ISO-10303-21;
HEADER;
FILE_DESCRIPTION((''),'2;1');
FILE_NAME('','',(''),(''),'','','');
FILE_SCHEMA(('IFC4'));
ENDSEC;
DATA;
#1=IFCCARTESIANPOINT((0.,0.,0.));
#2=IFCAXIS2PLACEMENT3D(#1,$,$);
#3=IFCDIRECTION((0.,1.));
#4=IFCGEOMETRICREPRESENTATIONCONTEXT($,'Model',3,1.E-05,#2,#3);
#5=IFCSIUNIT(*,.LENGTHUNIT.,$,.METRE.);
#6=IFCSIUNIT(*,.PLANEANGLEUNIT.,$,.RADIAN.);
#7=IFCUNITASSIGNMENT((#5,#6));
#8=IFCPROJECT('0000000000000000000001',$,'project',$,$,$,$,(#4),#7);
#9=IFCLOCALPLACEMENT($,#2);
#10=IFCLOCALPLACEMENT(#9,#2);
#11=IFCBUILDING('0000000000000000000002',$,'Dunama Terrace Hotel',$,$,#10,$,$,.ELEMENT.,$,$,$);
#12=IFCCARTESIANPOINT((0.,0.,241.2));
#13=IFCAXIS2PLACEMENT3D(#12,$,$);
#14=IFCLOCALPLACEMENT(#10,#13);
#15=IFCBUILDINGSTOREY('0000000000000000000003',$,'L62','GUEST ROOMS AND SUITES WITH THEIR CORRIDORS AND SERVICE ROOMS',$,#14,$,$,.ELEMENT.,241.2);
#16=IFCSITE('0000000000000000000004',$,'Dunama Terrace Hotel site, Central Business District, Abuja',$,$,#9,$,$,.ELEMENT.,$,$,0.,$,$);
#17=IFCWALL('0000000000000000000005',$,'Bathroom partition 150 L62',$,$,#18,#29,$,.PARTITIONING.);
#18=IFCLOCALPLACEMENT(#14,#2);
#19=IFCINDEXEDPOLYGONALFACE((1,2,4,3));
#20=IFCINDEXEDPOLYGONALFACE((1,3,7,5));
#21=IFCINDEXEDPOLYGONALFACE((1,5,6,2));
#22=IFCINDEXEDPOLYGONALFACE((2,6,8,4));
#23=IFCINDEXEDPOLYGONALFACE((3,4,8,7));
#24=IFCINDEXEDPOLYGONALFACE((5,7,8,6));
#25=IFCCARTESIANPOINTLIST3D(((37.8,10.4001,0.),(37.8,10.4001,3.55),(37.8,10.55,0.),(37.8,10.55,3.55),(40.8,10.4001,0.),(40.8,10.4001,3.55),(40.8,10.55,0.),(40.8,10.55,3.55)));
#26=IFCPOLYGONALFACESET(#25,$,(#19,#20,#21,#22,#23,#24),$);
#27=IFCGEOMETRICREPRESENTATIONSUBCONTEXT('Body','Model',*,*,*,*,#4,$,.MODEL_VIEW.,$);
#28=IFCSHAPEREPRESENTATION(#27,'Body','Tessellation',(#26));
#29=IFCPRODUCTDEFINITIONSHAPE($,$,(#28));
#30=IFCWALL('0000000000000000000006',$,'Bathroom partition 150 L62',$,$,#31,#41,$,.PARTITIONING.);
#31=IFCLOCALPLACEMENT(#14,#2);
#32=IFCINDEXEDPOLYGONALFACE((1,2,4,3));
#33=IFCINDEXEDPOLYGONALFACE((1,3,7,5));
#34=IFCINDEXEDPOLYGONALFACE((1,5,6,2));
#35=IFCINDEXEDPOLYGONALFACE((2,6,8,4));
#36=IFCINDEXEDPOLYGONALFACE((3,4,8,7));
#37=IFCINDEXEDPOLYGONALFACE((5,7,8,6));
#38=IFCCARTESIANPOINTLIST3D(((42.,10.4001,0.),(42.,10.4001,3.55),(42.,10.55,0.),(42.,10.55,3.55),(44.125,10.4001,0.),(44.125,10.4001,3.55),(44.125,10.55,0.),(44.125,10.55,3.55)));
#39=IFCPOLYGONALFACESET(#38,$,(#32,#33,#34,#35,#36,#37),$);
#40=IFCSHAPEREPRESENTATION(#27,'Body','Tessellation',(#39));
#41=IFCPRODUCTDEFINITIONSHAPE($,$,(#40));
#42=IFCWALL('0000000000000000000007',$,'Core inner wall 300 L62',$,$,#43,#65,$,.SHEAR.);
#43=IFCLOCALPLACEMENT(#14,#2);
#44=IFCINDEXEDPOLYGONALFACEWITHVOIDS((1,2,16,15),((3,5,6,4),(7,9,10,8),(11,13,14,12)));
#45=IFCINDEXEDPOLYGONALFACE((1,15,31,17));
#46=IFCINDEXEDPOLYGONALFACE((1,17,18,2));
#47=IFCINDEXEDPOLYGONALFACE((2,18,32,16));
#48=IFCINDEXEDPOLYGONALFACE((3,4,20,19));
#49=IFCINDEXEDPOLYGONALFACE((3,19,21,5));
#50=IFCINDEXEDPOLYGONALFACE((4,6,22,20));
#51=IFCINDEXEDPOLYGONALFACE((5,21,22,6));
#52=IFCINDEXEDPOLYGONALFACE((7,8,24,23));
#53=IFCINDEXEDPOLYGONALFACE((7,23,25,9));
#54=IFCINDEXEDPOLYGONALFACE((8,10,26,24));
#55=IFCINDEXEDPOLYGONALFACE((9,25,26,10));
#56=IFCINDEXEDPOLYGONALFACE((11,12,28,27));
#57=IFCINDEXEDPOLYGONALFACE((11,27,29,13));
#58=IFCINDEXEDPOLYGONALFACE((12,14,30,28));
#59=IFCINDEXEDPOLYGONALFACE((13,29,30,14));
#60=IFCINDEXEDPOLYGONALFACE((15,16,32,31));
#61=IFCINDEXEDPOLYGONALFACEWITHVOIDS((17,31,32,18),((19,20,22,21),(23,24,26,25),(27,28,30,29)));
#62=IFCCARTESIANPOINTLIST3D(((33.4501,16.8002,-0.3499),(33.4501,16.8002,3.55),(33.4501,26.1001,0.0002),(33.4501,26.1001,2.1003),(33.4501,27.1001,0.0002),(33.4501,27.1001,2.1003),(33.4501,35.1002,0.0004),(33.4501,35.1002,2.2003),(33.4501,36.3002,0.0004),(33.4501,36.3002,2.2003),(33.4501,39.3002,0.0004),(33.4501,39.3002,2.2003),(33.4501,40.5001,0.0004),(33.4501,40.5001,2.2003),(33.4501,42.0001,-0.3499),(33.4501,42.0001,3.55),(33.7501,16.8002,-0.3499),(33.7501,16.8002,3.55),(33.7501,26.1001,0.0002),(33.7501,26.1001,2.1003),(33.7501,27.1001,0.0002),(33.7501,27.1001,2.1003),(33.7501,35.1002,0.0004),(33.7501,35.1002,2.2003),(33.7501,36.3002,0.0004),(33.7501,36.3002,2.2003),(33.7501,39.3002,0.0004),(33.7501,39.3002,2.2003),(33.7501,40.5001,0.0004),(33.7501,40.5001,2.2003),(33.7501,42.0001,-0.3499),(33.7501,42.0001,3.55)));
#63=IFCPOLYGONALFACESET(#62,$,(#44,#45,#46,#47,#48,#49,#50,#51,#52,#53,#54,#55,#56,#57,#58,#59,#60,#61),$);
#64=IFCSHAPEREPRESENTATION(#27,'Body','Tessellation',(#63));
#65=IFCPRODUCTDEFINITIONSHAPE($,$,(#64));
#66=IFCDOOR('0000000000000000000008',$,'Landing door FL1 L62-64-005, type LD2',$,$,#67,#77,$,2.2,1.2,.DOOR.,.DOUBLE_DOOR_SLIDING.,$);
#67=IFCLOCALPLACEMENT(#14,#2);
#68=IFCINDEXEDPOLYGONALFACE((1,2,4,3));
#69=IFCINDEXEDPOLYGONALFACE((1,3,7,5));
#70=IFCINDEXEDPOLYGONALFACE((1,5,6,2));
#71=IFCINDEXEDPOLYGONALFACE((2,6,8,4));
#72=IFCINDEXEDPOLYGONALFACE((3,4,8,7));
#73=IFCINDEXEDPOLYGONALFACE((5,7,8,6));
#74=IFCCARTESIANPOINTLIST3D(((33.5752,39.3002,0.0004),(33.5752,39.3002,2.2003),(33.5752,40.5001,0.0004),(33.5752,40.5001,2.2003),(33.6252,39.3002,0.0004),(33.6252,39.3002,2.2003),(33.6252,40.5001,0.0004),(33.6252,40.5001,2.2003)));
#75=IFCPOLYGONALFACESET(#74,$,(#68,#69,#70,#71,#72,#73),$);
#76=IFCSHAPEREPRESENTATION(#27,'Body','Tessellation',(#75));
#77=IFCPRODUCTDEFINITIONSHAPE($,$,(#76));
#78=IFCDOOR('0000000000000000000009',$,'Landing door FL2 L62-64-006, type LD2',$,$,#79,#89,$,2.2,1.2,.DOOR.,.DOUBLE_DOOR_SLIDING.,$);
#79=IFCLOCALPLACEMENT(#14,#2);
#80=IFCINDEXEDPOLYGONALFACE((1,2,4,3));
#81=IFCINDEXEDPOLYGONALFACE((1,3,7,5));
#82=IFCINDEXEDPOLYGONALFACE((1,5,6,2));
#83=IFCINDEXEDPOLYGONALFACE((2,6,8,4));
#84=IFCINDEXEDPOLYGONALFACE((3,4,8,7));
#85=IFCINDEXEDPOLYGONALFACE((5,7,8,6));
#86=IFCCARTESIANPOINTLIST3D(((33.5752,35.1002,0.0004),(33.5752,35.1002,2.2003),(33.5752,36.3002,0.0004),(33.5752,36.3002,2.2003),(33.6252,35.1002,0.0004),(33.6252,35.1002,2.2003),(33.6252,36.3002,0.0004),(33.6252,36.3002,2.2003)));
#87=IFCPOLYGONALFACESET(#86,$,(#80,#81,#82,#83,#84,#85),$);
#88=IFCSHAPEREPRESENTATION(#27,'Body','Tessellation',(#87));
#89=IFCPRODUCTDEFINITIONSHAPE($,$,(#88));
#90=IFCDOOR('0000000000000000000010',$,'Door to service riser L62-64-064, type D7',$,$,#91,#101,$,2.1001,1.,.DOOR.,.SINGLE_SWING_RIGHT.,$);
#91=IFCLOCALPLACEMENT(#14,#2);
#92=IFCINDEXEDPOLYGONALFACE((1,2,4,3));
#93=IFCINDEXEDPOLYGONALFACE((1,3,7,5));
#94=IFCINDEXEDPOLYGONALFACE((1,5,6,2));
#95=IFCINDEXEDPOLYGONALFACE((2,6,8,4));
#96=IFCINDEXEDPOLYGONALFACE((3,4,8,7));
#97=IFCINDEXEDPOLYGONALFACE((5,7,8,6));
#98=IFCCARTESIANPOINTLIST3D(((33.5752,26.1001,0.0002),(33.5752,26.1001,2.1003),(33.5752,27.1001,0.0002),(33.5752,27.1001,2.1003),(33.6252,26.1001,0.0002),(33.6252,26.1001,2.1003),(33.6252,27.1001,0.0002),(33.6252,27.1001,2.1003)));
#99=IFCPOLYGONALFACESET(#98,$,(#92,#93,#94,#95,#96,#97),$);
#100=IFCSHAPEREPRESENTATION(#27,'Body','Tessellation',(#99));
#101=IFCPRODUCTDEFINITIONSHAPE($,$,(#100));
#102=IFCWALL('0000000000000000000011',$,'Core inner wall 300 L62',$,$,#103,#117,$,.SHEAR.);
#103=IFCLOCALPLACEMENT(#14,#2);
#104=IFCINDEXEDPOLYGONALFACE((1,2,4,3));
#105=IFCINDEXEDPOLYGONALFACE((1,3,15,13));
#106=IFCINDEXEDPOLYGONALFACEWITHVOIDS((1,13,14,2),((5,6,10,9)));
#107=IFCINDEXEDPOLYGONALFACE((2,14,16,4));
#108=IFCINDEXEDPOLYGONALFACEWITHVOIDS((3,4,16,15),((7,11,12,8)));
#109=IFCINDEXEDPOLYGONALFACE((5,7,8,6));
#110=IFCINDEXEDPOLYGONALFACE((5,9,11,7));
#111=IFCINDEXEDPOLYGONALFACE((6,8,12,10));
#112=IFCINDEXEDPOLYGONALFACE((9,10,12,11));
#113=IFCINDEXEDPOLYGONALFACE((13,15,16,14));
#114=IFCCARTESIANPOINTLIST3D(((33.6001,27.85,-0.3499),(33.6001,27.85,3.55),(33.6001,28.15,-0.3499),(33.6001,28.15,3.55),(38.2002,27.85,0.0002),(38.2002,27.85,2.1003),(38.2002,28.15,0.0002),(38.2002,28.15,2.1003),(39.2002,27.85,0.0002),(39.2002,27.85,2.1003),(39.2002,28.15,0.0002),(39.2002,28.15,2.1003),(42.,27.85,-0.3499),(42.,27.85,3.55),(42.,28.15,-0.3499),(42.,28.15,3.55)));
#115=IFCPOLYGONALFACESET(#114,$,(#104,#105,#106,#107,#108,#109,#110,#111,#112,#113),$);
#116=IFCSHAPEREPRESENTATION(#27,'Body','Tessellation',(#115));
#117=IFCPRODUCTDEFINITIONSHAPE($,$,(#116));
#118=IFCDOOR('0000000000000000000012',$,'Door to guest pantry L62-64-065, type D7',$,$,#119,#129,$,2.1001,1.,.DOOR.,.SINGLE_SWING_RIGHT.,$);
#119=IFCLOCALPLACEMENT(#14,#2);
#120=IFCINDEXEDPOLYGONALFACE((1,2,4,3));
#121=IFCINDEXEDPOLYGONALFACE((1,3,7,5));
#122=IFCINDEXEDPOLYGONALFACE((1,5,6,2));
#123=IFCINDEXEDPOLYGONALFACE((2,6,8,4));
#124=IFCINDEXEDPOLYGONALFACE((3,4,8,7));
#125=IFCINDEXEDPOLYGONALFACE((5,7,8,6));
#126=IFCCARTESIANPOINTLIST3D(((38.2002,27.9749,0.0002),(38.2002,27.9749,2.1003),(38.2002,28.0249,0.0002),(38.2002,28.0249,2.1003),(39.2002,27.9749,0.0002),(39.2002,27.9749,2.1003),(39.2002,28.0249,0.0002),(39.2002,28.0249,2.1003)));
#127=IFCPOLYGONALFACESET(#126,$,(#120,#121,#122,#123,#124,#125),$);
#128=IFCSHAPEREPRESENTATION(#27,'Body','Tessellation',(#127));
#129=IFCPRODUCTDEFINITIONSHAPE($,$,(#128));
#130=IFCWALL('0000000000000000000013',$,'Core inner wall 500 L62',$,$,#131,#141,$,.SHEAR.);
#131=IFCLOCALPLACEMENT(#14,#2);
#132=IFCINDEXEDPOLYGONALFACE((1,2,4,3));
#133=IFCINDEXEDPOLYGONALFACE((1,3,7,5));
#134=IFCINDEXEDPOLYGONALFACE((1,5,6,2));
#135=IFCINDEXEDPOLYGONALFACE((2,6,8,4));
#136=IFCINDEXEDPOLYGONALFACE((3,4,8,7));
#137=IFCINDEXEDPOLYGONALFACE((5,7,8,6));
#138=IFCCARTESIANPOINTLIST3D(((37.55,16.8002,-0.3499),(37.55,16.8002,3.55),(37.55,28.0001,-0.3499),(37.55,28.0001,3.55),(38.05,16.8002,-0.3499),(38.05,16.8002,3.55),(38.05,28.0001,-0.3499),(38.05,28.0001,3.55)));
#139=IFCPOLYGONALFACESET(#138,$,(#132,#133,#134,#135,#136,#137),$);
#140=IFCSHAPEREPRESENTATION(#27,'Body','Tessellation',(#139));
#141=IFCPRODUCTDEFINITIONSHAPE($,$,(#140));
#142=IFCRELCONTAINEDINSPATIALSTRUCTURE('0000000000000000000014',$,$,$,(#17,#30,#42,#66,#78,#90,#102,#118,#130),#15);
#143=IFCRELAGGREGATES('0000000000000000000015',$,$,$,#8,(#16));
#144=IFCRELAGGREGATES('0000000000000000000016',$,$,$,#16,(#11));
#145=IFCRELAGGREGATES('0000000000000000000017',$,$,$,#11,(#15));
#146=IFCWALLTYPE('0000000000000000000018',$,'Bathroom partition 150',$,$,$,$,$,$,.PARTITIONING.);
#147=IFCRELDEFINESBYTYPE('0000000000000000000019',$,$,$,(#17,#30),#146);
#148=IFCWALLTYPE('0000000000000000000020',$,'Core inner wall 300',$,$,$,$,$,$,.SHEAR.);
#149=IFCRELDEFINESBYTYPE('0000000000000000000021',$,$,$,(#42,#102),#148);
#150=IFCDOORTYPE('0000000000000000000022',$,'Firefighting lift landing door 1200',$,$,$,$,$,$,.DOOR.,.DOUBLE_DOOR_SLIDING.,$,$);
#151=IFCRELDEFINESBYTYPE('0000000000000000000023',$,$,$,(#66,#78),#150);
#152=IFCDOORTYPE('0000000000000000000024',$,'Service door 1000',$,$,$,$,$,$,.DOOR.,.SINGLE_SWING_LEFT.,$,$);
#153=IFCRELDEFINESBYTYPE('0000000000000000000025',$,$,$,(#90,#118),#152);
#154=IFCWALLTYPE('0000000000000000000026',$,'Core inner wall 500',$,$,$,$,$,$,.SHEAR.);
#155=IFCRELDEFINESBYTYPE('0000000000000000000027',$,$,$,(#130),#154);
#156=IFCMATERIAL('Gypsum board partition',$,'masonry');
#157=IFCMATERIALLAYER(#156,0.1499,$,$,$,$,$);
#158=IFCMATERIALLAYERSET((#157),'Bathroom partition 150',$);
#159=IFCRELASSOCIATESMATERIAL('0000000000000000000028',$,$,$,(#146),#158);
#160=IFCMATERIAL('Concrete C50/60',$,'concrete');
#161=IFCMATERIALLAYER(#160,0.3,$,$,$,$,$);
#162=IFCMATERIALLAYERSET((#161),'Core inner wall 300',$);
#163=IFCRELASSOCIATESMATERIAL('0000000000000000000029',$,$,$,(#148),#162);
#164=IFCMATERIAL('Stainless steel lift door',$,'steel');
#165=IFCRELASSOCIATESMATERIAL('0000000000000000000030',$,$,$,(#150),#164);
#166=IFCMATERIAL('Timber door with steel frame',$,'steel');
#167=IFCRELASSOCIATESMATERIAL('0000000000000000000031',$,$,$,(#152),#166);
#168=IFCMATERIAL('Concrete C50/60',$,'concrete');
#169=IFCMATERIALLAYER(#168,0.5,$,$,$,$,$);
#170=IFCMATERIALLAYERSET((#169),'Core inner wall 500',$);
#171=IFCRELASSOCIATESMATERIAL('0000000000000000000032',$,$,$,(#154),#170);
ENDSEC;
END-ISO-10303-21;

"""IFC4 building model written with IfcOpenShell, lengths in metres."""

from ifc_helpers import new_model, si_unit, direction, frame, frame_2d, origin, place, context, subcontext, project, spatial, rectangle, extrude, material, layer, layer_set, type_object, element, fill, save


model = new_model("IFC4")

# Units and contexts
model_context = context("Model", 3, precision=1e-05, world=origin(), true_north=direction((0.0, 1.0)))
body_context = subcontext(model_context, "Body", "Model", "MODEL_VIEW")
ifc_project = project(units=[si_unit("LENGTHUNIT", "METRE"), si_unit("PLANEANGLEUNIT", "RADIAN")], contexts=[model_context])

# Site, building, storey
site_placement = place(None, origin())
site = spatial("IfcSite", under=ifc_project, at=site_placement, Name="Dunama Terrace Hotel site, Central Business District, Abuja", CompositionType="ELEMENT", RefElevation=0.0)
building_placement = place(site_placement, origin())
building = spatial("IfcBuilding", under=site, at=building_placement, Name="Dunama Terrace Hotel", CompositionType="ELEMENT")
storey_placement = place(building_placement, frame((0.0, 0.0, 241.2)))
storey = spatial("IfcBuildingStorey", under=building, at=storey_placement, Name="L62", Description="GUEST ROOMS AND SUITES WITH THEIR CORRIDORS AND SERVICE ROOMS", CompositionType="ELEMENT", Elevation=241.2)

# Walls
ifc_material_1 = material(Name="Gypsum board partition", Category="masonry")
ifc_layer_1 = layer(ifc_material_1, 0.1499)
ifc_layer_set_1 = layer_set([ifc_layer_1], Name="Bathroom partition 150")
wall_type_1 = type_object("IfcWallType", Name="Bathroom partition 150", PredefinedType="PARTITIONING", material=ifc_layer_set_1)
wall_1_placement = place(storey_placement, frame((37.8, 10.4751, 0.0), z_axis=(0.0, 0.0, 1.0), x_axis=(1.0, 0.0, 0.0)))
element("IfcWall", 1, at=wall_1_placement, inside=storey, type_object=wall_type_1, Name="Bathroom partition 150 L62", PredefinedType="PARTITIONING", context=body_context, shape_type="SweptSolid", body=[
    extrude(rectangle(XDim=3.0, YDim=0.1499, at=frame_2d((1.5, 0.0))), origin(), (0.0, 0.0, 1.0), 3.55),
])
wall_2_placement = place(storey_placement, frame((42.0, 10.4751, 0.0), z_axis=(0.0, 0.0, 1.0), x_axis=(1.0, 0.0, 0.0)))
element("IfcWall", 2, at=wall_2_placement, inside=storey, type_object=wall_type_1, Name="Bathroom partition 150 L62", PredefinedType="PARTITIONING", context=body_context, shape_type="SweptSolid", body=[
    extrude(rectangle(XDim=2.125, YDim=0.1499, at=frame_2d((1.0625, 0.0))), origin(), (0.0, 0.0, 1.0), 3.55),
])

# Wall, openings, doors
ifc_material_2 = material(Name="Concrete C50/60", Category="concrete")
ifc_layer_2 = layer(ifc_material_2, 0.3)
ifc_layer_set_2 = layer_set([ifc_layer_2], Name="Core inner wall 300")
wall_type_2 = type_object("IfcWallType", Name="Core inner wall 300", PredefinedType="SHEAR", material=ifc_layer_set_2)
wall_3_placement = place(storey_placement, frame((33.6001, 16.8, -0.3499), z_axis=(0.0, 0.0, 1.0), x_axis=(0.0, 1.0, 0.0)))
wall_3 = element("IfcWall", 3, at=wall_3_placement, inside=storey, type_object=wall_type_2, Name="Core inner wall 300 L62", PredefinedType="SHEAR", context=body_context, shape_type="SweptSolid", body=[
    extrude(rectangle(XDim=25.2, YDim=0.3, at=frame_2d((12.6001, 0.0))), origin(), (0.0, 0.0, 1.0), 3.8999),
])
opening_1_placement = place(wall_3_placement, frame((22.5, 0.0, 0.3501)))
opening_1 = element("IfcOpeningElement", 4, at=opening_1_placement, cuts=wall_3, PredefinedType="OPENING", context=body_context, shape_type="SweptSolid", body=[
    extrude(rectangle(XDim=1.2, YDim=2.2, at=frame_2d((0.6001, 1.1001))), frame((0.0, 0.1599, 0.0), z_axis=(0.0, -1.0, 0.0), x_axis=(1.0, 0.0, 0.0)), (0.0, 0.0, 1.0), 0.3201),
])
opening_2_placement = place(wall_3_placement, frame((18.3, 0.0, 0.3501)))
opening_2 = element("IfcOpeningElement", 5, at=opening_2_placement, cuts=wall_3, PredefinedType="OPENING", context=body_context, shape_type="SweptSolid", body=[
    extrude(rectangle(XDim=1.2, YDim=2.2, at=frame_2d((0.6001, 1.1001))), frame((0.0, 0.1599, 0.0), z_axis=(0.0, -1.0, 0.0), x_axis=(1.0, 0.0, 0.0)), (0.0, 0.0, 1.0), 0.3201),
])
opening_3_placement = place(wall_3_placement, frame((9.3, 0.0, 0.3501)))
opening_3 = element("IfcOpeningElement", 6, at=opening_3_placement, cuts=wall_3, PredefinedType="OPENING", context=body_context, shape_type="SweptSolid", body=[
    extrude(rectangle(XDim=1.0, YDim=2.1001, at=frame_2d((0.5, 1.05))), frame((0.0, 0.1599, 0.0), z_axis=(0.0, -1.0, 0.0), x_axis=(1.0, 0.0, 0.0)), (0.0, 0.0, 1.0), 0.3201),
])
ifc_material_3 = material(Name="Stainless steel lift door", Category="steel")
door_type_1 = type_object("IfcDoorType", Name="Firefighting lift landing door 1200", OperationType="DOUBLE_DOOR_SLIDING", PredefinedType="DOOR", material=ifc_material_3)
door_1_placement = place(opening_1_placement, origin())
door_1 = element("IfcDoor", 7, at=door_1_placement, inside=storey, type_object=door_type_1, Name="Landing door FL1 L62-64-005, type LD2", OperationType="DOUBLE_DOOR_SLIDING", OverallHeight=2.2, OverallWidth=1.2, PredefinedType="DOOR", context=body_context, shape_type="SweptSolid", body=[
    extrude(rectangle(XDim=1.2, YDim=2.2, at=frame_2d((0.6001, 1.1001))), frame((0.0, 0.0249, 0.0), z_axis=(0.0, -1.0, 0.0), x_axis=(1.0, 0.0, 0.0)), (0.0, 0.0, 1.0), 0.05),
])
fill(opening_1, door_1)
door_2_placement = place(opening_2_placement, origin())
door_2 = element("IfcDoor", 8, at=door_2_placement, inside=storey, type_object=door_type_1, Name="Landing door FL2 L62-64-006, type LD2", OperationType="DOUBLE_DOOR_SLIDING", OverallHeight=2.2, OverallWidth=1.2, PredefinedType="DOOR", context=body_context, shape_type="SweptSolid", body=[
    extrude(rectangle(XDim=1.2, YDim=2.2, at=frame_2d((0.6001, 1.1001))), frame((0.0, 0.0249, 0.0), z_axis=(0.0, -1.0, 0.0), x_axis=(1.0, 0.0, 0.0)), (0.0, 0.0, 1.0), 0.05),
])
fill(opening_2, door_2)
ifc_material_4 = material(Name="Timber door with steel frame", Category="steel")
door_type_2 = type_object("IfcDoorType", Name="Service door 1000", OperationType="SINGLE_SWING_LEFT", PredefinedType="DOOR", material=ifc_material_4)
door_3_placement = place(opening_3_placement, frame((1.0, 0.0, 0.0), z_axis=(0.0, 0.0, 1.0), x_axis=(-1.0, 0.0, 0.0)))
door_3 = element("IfcDoor", 9, at=door_3_placement, inside=storey, type_object=door_type_2, Name="Door to service riser L62-64-064, type D7", OperationType="SINGLE_SWING_RIGHT", OverallHeight=2.1001, OverallWidth=1.0, PredefinedType="DOOR", context=body_context, shape_type="SweptSolid", body=[
    extrude(rectangle(XDim=1.0, YDim=2.1001, at=frame_2d((0.5, 1.05))), frame((0.0, 0.0251, 0.0), z_axis=(0.0, -1.0, 0.0), x_axis=(1.0, 0.0, 0.0)), (0.0, 0.0, 1.0), 0.05),
])
fill(opening_3, door_3)

# Wall, opening, door
wall_4_placement = place(storey_placement, frame((33.6001, 28.0, -0.3499), z_axis=(0.0, 0.0, 1.0), x_axis=(1.0, 0.0, 0.0)))
wall_4 = element("IfcWall", 10, at=wall_4_placement, inside=storey, type_object=wall_type_2, Name="Core inner wall 300 L62", PredefinedType="SHEAR", context=body_context, shape_type="SweptSolid", body=[
    extrude(rectangle(XDim=8.3999, YDim=0.3, at=frame_2d((4.2, 0.0))), origin(), (0.0, 0.0, 1.0), 3.8999),
])
opening_4_placement = place(wall_4_placement, frame((4.6001, 0.0, 0.3501)))
opening_4 = element("IfcOpeningElement", 11, at=opening_4_placement, cuts=wall_4, PredefinedType="OPENING", context=body_context, shape_type="SweptSolid", body=[
    extrude(rectangle(XDim=1.0, YDim=2.1001, at=frame_2d((0.5, 1.05))), frame((0.0, 0.1599, 0.0), z_axis=(0.0, -1.0, 0.0), x_axis=(1.0, 0.0, 0.0)), (0.0, 0.0, 1.0), 0.3201),
])
door_4_placement = place(opening_4_placement, frame((1.0, 0.0, 0.0), z_axis=(0.0, 0.0, 1.0), x_axis=(-1.0, 0.0, 0.0)))
door_4 = element("IfcDoor", 12, at=door_4_placement, inside=storey, type_object=door_type_2, Name="Door to guest pantry L62-64-065, type D7", OperationType="SINGLE_SWING_RIGHT", OverallHeight=2.1001, OverallWidth=1.0, PredefinedType="DOOR", context=body_context, shape_type="SweptSolid", body=[
    extrude(rectangle(XDim=1.0, YDim=2.1001, at=frame_2d((0.5, 1.05))), frame((0.0, 0.0251, 0.0), z_axis=(0.0, -1.0, 0.0), x_axis=(1.0, 0.0, 0.0)), (0.0, 0.0, 1.0), 0.05),
])
fill(opening_4, door_4)

# Wall
ifc_material_5 = material(Name="Concrete C50/60", Category="concrete")
ifc_layer_3 = layer(ifc_material_5, 0.5)
ifc_layer_set_3 = layer_set([ifc_layer_3], Name="Core inner wall 500")
wall_type_3 = type_object("IfcWallType", Name="Core inner wall 500", PredefinedType="SHEAR", material=ifc_layer_set_3)
wall_5_placement = place(storey_placement, frame((37.8, 16.8, -0.3499), z_axis=(0.0, 0.0, 1.0), x_axis=(0.0, 1.0, 0.0)))
element("IfcWall", 13, at=wall_5_placement, inside=storey, type_object=wall_type_3, Name="Core inner wall 500 L62", PredefinedType="SHEAR", context=body_context, shape_type="SweptSolid", body=[
    extrude(rectangle(XDim=11.2, YDim=0.5, at=frame_2d((5.6001, 0.0))), origin(), (0.0, 0.0, 1.0), 3.8999),
])

save(model, "model.ifc")
